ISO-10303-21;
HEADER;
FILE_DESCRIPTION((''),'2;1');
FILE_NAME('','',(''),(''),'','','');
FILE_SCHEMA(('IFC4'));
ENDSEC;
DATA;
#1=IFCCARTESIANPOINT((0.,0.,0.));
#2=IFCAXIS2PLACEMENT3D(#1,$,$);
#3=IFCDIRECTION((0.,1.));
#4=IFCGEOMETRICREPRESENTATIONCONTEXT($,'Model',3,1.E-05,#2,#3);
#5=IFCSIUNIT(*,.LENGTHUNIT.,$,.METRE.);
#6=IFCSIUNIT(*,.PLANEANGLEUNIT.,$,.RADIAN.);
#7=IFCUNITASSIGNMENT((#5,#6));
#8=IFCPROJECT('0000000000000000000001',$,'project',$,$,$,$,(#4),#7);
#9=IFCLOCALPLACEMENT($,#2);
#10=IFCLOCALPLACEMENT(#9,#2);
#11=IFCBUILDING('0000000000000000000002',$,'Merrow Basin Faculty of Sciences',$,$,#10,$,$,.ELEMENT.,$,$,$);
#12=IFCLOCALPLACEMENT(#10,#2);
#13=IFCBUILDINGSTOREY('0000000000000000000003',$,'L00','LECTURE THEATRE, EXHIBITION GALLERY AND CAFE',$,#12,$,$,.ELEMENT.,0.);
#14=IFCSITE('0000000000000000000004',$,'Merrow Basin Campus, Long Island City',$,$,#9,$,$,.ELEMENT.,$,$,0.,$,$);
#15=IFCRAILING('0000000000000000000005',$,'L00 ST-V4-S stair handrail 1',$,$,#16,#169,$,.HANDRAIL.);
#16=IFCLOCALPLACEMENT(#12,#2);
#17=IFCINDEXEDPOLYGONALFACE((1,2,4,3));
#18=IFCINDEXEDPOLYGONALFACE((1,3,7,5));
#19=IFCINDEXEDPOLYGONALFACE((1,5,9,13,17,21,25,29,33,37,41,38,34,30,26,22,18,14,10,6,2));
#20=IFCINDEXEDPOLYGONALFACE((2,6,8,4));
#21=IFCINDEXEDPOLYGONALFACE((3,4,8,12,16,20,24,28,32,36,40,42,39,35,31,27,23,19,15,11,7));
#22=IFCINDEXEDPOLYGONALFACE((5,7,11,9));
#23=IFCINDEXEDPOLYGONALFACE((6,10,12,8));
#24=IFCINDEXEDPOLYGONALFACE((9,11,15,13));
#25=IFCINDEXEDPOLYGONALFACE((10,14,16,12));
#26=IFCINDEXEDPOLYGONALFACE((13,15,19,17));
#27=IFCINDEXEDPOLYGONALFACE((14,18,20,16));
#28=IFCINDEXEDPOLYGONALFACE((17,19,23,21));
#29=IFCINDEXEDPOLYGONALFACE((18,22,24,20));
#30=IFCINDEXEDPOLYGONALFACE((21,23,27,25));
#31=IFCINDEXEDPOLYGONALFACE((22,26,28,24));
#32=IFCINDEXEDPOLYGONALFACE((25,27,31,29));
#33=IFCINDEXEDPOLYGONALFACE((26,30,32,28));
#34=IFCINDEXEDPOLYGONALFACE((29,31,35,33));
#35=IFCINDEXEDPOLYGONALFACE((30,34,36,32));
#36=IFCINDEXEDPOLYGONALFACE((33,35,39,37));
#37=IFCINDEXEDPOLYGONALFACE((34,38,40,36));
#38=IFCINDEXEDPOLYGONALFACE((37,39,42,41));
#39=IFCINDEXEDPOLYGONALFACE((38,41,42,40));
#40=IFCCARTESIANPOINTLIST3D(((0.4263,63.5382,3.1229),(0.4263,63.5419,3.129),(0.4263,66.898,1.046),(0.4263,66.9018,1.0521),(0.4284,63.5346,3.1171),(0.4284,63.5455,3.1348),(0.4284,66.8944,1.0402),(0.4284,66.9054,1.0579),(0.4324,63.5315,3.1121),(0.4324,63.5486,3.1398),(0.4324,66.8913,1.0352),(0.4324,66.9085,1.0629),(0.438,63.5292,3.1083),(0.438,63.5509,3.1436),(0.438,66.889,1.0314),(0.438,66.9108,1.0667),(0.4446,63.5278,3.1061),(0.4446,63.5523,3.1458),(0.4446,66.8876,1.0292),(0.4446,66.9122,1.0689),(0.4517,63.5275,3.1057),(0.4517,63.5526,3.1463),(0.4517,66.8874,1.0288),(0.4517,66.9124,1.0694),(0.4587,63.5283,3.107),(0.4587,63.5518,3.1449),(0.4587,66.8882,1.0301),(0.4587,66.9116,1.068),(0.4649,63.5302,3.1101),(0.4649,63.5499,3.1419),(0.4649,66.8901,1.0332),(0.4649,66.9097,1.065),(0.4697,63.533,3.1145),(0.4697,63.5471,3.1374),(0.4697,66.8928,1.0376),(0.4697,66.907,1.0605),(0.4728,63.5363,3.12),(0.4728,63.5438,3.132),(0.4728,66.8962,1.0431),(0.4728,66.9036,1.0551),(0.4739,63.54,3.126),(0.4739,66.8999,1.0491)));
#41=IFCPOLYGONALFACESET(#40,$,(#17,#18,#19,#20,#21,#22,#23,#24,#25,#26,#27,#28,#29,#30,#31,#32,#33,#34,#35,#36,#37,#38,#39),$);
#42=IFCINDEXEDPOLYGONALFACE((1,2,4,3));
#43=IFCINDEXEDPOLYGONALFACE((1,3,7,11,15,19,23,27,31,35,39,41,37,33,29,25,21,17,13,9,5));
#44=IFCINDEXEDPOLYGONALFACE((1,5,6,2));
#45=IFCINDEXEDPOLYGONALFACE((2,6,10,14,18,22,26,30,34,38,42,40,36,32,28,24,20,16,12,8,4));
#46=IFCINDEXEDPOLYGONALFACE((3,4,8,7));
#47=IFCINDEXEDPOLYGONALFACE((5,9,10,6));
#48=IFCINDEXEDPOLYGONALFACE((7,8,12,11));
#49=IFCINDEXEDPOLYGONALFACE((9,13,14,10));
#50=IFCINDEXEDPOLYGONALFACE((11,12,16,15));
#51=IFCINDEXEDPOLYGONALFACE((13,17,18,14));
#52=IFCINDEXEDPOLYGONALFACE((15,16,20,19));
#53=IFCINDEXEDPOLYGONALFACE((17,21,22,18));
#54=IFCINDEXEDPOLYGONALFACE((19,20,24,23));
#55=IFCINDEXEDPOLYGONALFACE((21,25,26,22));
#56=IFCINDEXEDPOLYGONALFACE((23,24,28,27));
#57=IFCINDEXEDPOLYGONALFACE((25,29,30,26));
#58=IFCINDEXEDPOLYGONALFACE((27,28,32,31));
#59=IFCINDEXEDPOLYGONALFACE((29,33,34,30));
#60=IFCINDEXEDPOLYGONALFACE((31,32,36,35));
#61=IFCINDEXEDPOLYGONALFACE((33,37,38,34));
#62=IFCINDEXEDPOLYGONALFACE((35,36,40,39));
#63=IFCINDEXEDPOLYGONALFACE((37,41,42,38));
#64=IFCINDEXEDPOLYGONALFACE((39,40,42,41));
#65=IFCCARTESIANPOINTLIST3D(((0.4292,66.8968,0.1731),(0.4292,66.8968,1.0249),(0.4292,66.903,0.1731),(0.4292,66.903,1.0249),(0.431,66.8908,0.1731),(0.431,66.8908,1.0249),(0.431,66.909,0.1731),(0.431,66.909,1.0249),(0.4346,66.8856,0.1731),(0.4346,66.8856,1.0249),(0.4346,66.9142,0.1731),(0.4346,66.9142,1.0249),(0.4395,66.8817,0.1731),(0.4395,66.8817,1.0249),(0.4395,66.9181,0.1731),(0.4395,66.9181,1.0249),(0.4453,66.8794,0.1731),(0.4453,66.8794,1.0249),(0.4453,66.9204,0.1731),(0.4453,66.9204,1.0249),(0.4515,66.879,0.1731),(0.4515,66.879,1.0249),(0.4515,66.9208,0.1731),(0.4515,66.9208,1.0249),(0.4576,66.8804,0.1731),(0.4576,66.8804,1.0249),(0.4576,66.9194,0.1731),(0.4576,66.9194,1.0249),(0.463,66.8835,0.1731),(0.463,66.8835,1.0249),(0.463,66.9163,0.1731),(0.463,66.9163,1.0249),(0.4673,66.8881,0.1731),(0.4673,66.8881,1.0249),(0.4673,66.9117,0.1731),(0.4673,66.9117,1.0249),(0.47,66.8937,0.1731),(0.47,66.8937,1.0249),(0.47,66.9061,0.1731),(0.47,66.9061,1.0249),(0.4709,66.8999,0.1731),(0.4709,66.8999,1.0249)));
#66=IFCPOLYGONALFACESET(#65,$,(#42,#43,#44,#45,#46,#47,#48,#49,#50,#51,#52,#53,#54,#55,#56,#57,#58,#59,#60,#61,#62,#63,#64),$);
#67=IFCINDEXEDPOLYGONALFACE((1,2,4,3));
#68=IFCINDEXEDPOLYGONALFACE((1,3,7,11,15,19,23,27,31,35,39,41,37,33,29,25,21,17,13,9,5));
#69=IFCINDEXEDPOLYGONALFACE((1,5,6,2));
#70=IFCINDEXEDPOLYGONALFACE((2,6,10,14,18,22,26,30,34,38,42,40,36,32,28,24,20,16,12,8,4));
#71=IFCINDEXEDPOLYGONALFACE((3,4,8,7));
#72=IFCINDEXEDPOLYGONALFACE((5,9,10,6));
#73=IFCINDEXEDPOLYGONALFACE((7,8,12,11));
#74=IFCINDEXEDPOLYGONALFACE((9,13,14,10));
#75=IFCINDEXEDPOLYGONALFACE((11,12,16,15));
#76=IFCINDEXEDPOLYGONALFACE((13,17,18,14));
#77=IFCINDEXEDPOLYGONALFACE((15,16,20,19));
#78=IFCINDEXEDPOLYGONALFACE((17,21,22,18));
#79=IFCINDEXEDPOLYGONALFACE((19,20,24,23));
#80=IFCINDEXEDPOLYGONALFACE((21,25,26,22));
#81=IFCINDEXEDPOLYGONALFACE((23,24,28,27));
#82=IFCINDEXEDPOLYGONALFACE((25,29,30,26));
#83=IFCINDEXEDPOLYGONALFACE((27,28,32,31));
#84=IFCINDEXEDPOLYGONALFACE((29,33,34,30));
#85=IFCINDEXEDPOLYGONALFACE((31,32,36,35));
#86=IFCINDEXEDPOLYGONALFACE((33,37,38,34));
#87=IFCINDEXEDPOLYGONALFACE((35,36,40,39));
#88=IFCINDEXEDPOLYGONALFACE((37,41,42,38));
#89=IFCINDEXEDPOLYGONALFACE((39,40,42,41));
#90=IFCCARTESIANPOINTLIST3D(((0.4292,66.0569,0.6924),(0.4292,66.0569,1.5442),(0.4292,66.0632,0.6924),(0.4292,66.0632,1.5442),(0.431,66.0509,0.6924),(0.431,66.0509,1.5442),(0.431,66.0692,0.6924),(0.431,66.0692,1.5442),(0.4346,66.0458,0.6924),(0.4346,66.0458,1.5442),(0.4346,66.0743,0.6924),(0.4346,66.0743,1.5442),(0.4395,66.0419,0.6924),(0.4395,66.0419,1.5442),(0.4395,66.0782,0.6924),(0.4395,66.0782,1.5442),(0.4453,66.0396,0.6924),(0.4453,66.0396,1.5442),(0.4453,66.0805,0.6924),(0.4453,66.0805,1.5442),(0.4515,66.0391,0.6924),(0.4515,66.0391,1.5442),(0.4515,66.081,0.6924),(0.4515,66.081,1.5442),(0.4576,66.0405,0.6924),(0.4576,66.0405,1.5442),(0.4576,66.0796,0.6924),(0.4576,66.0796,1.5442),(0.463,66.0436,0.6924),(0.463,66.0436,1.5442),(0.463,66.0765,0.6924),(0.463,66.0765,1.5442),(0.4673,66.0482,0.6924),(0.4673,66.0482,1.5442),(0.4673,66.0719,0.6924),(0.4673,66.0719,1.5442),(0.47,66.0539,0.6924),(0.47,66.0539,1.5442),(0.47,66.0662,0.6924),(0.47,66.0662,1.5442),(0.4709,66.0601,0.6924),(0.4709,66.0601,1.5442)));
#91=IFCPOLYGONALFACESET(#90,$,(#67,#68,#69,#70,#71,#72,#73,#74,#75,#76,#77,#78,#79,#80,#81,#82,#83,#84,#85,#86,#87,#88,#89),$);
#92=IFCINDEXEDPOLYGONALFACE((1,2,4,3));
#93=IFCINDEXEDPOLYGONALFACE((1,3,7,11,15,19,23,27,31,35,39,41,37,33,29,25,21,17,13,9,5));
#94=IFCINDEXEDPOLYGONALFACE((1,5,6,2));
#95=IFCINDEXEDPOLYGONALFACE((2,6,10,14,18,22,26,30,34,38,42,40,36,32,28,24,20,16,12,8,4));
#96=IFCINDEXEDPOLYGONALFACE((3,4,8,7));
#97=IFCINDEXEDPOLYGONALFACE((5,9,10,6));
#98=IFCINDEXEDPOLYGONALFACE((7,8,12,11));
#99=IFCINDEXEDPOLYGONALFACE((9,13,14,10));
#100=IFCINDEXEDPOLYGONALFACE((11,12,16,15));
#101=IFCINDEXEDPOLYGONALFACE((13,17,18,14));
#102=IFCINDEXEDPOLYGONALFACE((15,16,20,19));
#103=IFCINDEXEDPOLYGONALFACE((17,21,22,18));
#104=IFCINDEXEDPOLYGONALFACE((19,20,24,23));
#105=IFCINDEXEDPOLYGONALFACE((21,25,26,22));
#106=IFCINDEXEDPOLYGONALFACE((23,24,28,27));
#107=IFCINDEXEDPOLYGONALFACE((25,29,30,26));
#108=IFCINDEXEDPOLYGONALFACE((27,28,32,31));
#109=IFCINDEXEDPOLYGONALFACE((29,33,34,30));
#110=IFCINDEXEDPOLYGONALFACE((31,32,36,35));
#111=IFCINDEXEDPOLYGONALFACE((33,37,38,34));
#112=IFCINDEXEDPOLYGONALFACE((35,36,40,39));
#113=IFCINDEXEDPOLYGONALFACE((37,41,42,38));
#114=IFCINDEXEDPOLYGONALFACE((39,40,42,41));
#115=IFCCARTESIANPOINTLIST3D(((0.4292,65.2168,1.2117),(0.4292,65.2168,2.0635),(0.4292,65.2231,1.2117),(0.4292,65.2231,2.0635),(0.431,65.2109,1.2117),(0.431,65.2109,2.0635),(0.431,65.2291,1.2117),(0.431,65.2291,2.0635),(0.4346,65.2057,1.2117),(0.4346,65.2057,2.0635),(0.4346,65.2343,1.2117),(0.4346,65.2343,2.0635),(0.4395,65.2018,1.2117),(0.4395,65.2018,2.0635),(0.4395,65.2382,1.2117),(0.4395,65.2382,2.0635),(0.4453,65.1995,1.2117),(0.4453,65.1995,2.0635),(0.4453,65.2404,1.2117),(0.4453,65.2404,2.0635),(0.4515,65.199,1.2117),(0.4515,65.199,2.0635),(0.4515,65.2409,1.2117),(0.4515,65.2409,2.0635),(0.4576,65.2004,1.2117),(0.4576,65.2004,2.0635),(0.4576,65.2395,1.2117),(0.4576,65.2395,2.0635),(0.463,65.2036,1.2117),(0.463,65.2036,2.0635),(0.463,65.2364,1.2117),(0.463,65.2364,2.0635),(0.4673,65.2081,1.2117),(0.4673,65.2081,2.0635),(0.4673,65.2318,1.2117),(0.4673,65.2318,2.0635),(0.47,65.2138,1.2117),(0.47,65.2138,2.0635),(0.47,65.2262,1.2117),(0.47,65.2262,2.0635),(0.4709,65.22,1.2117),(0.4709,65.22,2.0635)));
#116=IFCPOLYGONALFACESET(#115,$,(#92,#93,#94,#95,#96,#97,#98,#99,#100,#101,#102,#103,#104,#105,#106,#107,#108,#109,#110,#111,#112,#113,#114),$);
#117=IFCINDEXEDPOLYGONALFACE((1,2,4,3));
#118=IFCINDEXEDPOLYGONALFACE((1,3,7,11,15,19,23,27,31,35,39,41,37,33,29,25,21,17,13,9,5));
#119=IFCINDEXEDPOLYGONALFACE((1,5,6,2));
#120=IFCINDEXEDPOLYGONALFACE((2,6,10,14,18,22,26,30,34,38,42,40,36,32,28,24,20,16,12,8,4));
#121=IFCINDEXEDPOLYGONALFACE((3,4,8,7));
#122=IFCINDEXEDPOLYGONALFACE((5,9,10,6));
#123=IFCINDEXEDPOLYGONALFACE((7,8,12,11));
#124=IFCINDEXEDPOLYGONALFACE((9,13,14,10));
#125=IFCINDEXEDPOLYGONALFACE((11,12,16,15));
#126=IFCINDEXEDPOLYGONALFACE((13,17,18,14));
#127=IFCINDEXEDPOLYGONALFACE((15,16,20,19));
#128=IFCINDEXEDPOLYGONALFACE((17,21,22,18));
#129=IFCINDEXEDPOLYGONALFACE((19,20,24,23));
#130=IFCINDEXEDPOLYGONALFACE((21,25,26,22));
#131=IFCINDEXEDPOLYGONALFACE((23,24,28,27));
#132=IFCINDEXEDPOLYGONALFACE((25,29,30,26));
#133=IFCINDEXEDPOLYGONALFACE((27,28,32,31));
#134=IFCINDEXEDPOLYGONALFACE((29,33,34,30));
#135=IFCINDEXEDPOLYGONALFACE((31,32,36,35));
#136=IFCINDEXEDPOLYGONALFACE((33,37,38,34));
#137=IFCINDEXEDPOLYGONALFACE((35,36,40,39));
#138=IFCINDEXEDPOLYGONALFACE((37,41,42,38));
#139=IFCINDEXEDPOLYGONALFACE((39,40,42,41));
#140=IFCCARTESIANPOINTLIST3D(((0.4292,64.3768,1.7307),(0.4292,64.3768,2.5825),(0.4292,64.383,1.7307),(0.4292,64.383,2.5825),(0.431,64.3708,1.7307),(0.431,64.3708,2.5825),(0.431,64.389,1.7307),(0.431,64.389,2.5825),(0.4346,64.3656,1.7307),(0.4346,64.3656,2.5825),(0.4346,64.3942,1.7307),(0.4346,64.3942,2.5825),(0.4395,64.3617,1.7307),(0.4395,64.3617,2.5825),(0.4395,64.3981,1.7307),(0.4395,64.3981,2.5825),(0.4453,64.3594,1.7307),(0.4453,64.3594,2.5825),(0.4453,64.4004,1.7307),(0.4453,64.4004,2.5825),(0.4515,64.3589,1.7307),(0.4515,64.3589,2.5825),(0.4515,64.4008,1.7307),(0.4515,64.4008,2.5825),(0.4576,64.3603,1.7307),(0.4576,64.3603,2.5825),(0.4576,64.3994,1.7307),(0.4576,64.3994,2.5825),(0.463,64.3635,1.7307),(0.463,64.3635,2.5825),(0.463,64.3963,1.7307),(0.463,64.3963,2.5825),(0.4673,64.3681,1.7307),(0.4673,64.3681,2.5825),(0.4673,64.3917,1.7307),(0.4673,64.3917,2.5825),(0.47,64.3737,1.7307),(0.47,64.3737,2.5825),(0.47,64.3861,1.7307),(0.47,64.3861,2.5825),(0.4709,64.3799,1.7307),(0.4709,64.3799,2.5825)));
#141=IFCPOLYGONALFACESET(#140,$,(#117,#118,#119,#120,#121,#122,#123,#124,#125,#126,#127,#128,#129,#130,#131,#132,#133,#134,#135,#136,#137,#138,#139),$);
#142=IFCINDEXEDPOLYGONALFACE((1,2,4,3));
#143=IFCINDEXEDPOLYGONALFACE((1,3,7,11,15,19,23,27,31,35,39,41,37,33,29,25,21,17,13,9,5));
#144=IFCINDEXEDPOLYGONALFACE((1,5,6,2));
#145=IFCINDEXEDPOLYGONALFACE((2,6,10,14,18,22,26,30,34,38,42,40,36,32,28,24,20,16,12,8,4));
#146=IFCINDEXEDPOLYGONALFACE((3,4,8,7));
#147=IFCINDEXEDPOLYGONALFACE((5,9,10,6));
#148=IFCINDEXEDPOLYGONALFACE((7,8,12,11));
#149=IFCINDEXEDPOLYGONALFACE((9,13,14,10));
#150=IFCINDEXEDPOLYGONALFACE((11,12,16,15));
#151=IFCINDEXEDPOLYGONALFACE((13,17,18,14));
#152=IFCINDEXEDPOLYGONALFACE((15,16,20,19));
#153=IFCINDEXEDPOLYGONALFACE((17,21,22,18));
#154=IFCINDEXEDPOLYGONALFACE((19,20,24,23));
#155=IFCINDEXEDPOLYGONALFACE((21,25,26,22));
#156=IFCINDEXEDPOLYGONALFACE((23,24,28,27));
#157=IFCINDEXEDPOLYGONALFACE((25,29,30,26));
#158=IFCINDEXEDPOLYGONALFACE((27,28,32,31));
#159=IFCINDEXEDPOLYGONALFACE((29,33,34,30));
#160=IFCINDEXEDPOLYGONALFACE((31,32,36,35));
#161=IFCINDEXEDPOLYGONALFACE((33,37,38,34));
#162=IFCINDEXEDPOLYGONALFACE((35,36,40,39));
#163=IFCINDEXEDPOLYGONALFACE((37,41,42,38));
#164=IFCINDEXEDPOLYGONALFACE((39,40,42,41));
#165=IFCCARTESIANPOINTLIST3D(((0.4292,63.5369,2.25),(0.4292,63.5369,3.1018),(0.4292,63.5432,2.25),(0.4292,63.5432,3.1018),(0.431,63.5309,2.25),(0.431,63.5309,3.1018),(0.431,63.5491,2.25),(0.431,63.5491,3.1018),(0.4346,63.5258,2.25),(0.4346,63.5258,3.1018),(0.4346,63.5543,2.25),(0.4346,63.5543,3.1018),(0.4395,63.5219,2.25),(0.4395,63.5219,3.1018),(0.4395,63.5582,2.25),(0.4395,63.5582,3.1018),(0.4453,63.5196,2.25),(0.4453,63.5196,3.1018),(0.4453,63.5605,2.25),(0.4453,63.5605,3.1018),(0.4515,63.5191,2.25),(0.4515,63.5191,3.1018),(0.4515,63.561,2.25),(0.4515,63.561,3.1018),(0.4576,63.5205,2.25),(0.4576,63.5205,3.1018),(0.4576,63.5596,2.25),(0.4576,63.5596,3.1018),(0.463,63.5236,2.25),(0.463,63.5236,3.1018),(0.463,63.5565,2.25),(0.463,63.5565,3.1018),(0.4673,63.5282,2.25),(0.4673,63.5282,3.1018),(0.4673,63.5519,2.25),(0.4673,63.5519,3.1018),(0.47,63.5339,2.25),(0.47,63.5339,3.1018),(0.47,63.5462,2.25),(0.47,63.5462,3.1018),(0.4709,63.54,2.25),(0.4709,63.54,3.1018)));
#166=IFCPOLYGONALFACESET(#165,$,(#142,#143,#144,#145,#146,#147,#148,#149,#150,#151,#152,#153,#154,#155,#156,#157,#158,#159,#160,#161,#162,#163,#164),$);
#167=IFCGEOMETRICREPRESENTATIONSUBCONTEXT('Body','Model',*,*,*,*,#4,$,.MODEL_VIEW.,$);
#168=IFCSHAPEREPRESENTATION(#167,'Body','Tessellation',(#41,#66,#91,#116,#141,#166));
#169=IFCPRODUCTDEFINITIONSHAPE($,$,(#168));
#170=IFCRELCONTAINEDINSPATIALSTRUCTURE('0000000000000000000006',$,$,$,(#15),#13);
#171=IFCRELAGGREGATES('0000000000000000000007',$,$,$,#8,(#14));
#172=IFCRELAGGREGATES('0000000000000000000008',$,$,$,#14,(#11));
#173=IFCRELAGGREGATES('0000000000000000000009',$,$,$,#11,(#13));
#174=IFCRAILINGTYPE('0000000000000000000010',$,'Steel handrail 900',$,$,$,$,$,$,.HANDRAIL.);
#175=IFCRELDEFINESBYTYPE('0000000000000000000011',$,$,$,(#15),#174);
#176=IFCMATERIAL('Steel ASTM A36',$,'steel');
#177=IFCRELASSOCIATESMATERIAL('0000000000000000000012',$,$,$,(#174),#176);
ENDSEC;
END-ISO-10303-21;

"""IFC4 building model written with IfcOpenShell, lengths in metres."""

from ifc_helpers import new_model, si_unit, direction, frame, origin, origin_2d, place, context, subcontext, project, spatial, circle, extrude, material, type_object, element, save


model = new_model("IFC4")

# Units and contexts
model_context = context("Model", 3, precision=1e-05, world=origin(), true_north=direction((0.0, 1.0)))
body_context = subcontext(model_context, "Body", "Model", "MODEL_VIEW")
ifc_project = project(units=[si_unit("LENGTHUNIT", "METRE"), si_unit("PLANEANGLEUNIT", "RADIAN")], contexts=[model_context])

# Site, building, storey
site_placement = place(None, origin())
site = spatial("IfcSite", under=ifc_project, at=site_placement, Name="Merrow Basin Campus, Long Island City", CompositionType="ELEMENT", RefElevation=0.0)
building_placement = place(site_placement, origin())
building = spatial("IfcBuilding", under=site, at=building_placement, Name="Merrow Basin Faculty of Sciences", CompositionType="ELEMENT")
storey_placement = place(building_placement, origin())
storey = spatial("IfcBuildingStorey", under=building, at=storey_placement, Name="L00", Description="LECTURE THEATRE, EXHIBITION GALLERY AND CAFE", CompositionType="ELEMENT", Elevation=0.0)

# Railing
ifc_material_1 = material(Name="Steel ASTM A36", Category="steel")
railing_type_1 = type_object("IfcRailingType", Name="Steel handrail 900", PredefinedType="HANDRAIL", material=ifc_material_1)
railing_1_placement = place(storey_placement, frame((0.45, 66.8999, 0.1731)))
element("IfcRailing", 1, at=railing_1_placement, inside=storey, type_object=railing_type_1, Name="L00 ST-V4-S stair handrail 1", PredefinedType="HANDRAIL", context=body_context, shape_type="SweptSolid", body=[
    extrude(circle(Radius=0.0239, at=origin_2d()), frame((0.0, 0.0, 0.876), z_axis=(0.0, -0.850606, 0.525803), x_axis=(1.0, 0.0, 0.0)), (0.0, 0.0, 1.0), 3.95),
    extrude(circle(Radius=0.021, at=origin_2d()), origin(), (0.0, 0.0, 1.0), 0.8518),
    extrude(circle(Radius=0.021, at=origin_2d()), frame((0.0, -0.8398, 0.5193)), (0.0, 0.0, 1.0), 0.8518),
    extrude(circle(Radius=0.021, at=origin_2d()), frame((0.0, -1.6799, 1.0386)), (0.0, 0.0, 1.0), 0.8518),
    extrude(circle(Radius=0.021, at=origin_2d()), frame((0.0, -2.52, 1.5576)), (0.0, 0.0, 1.0), 0.8518),
    extrude(circle(Radius=0.021, at=origin_2d()), frame((0.0, -3.3599, 2.0769)), (0.0, 0.0, 1.0), 0.8518),
])

save(model, "model.ifc")
